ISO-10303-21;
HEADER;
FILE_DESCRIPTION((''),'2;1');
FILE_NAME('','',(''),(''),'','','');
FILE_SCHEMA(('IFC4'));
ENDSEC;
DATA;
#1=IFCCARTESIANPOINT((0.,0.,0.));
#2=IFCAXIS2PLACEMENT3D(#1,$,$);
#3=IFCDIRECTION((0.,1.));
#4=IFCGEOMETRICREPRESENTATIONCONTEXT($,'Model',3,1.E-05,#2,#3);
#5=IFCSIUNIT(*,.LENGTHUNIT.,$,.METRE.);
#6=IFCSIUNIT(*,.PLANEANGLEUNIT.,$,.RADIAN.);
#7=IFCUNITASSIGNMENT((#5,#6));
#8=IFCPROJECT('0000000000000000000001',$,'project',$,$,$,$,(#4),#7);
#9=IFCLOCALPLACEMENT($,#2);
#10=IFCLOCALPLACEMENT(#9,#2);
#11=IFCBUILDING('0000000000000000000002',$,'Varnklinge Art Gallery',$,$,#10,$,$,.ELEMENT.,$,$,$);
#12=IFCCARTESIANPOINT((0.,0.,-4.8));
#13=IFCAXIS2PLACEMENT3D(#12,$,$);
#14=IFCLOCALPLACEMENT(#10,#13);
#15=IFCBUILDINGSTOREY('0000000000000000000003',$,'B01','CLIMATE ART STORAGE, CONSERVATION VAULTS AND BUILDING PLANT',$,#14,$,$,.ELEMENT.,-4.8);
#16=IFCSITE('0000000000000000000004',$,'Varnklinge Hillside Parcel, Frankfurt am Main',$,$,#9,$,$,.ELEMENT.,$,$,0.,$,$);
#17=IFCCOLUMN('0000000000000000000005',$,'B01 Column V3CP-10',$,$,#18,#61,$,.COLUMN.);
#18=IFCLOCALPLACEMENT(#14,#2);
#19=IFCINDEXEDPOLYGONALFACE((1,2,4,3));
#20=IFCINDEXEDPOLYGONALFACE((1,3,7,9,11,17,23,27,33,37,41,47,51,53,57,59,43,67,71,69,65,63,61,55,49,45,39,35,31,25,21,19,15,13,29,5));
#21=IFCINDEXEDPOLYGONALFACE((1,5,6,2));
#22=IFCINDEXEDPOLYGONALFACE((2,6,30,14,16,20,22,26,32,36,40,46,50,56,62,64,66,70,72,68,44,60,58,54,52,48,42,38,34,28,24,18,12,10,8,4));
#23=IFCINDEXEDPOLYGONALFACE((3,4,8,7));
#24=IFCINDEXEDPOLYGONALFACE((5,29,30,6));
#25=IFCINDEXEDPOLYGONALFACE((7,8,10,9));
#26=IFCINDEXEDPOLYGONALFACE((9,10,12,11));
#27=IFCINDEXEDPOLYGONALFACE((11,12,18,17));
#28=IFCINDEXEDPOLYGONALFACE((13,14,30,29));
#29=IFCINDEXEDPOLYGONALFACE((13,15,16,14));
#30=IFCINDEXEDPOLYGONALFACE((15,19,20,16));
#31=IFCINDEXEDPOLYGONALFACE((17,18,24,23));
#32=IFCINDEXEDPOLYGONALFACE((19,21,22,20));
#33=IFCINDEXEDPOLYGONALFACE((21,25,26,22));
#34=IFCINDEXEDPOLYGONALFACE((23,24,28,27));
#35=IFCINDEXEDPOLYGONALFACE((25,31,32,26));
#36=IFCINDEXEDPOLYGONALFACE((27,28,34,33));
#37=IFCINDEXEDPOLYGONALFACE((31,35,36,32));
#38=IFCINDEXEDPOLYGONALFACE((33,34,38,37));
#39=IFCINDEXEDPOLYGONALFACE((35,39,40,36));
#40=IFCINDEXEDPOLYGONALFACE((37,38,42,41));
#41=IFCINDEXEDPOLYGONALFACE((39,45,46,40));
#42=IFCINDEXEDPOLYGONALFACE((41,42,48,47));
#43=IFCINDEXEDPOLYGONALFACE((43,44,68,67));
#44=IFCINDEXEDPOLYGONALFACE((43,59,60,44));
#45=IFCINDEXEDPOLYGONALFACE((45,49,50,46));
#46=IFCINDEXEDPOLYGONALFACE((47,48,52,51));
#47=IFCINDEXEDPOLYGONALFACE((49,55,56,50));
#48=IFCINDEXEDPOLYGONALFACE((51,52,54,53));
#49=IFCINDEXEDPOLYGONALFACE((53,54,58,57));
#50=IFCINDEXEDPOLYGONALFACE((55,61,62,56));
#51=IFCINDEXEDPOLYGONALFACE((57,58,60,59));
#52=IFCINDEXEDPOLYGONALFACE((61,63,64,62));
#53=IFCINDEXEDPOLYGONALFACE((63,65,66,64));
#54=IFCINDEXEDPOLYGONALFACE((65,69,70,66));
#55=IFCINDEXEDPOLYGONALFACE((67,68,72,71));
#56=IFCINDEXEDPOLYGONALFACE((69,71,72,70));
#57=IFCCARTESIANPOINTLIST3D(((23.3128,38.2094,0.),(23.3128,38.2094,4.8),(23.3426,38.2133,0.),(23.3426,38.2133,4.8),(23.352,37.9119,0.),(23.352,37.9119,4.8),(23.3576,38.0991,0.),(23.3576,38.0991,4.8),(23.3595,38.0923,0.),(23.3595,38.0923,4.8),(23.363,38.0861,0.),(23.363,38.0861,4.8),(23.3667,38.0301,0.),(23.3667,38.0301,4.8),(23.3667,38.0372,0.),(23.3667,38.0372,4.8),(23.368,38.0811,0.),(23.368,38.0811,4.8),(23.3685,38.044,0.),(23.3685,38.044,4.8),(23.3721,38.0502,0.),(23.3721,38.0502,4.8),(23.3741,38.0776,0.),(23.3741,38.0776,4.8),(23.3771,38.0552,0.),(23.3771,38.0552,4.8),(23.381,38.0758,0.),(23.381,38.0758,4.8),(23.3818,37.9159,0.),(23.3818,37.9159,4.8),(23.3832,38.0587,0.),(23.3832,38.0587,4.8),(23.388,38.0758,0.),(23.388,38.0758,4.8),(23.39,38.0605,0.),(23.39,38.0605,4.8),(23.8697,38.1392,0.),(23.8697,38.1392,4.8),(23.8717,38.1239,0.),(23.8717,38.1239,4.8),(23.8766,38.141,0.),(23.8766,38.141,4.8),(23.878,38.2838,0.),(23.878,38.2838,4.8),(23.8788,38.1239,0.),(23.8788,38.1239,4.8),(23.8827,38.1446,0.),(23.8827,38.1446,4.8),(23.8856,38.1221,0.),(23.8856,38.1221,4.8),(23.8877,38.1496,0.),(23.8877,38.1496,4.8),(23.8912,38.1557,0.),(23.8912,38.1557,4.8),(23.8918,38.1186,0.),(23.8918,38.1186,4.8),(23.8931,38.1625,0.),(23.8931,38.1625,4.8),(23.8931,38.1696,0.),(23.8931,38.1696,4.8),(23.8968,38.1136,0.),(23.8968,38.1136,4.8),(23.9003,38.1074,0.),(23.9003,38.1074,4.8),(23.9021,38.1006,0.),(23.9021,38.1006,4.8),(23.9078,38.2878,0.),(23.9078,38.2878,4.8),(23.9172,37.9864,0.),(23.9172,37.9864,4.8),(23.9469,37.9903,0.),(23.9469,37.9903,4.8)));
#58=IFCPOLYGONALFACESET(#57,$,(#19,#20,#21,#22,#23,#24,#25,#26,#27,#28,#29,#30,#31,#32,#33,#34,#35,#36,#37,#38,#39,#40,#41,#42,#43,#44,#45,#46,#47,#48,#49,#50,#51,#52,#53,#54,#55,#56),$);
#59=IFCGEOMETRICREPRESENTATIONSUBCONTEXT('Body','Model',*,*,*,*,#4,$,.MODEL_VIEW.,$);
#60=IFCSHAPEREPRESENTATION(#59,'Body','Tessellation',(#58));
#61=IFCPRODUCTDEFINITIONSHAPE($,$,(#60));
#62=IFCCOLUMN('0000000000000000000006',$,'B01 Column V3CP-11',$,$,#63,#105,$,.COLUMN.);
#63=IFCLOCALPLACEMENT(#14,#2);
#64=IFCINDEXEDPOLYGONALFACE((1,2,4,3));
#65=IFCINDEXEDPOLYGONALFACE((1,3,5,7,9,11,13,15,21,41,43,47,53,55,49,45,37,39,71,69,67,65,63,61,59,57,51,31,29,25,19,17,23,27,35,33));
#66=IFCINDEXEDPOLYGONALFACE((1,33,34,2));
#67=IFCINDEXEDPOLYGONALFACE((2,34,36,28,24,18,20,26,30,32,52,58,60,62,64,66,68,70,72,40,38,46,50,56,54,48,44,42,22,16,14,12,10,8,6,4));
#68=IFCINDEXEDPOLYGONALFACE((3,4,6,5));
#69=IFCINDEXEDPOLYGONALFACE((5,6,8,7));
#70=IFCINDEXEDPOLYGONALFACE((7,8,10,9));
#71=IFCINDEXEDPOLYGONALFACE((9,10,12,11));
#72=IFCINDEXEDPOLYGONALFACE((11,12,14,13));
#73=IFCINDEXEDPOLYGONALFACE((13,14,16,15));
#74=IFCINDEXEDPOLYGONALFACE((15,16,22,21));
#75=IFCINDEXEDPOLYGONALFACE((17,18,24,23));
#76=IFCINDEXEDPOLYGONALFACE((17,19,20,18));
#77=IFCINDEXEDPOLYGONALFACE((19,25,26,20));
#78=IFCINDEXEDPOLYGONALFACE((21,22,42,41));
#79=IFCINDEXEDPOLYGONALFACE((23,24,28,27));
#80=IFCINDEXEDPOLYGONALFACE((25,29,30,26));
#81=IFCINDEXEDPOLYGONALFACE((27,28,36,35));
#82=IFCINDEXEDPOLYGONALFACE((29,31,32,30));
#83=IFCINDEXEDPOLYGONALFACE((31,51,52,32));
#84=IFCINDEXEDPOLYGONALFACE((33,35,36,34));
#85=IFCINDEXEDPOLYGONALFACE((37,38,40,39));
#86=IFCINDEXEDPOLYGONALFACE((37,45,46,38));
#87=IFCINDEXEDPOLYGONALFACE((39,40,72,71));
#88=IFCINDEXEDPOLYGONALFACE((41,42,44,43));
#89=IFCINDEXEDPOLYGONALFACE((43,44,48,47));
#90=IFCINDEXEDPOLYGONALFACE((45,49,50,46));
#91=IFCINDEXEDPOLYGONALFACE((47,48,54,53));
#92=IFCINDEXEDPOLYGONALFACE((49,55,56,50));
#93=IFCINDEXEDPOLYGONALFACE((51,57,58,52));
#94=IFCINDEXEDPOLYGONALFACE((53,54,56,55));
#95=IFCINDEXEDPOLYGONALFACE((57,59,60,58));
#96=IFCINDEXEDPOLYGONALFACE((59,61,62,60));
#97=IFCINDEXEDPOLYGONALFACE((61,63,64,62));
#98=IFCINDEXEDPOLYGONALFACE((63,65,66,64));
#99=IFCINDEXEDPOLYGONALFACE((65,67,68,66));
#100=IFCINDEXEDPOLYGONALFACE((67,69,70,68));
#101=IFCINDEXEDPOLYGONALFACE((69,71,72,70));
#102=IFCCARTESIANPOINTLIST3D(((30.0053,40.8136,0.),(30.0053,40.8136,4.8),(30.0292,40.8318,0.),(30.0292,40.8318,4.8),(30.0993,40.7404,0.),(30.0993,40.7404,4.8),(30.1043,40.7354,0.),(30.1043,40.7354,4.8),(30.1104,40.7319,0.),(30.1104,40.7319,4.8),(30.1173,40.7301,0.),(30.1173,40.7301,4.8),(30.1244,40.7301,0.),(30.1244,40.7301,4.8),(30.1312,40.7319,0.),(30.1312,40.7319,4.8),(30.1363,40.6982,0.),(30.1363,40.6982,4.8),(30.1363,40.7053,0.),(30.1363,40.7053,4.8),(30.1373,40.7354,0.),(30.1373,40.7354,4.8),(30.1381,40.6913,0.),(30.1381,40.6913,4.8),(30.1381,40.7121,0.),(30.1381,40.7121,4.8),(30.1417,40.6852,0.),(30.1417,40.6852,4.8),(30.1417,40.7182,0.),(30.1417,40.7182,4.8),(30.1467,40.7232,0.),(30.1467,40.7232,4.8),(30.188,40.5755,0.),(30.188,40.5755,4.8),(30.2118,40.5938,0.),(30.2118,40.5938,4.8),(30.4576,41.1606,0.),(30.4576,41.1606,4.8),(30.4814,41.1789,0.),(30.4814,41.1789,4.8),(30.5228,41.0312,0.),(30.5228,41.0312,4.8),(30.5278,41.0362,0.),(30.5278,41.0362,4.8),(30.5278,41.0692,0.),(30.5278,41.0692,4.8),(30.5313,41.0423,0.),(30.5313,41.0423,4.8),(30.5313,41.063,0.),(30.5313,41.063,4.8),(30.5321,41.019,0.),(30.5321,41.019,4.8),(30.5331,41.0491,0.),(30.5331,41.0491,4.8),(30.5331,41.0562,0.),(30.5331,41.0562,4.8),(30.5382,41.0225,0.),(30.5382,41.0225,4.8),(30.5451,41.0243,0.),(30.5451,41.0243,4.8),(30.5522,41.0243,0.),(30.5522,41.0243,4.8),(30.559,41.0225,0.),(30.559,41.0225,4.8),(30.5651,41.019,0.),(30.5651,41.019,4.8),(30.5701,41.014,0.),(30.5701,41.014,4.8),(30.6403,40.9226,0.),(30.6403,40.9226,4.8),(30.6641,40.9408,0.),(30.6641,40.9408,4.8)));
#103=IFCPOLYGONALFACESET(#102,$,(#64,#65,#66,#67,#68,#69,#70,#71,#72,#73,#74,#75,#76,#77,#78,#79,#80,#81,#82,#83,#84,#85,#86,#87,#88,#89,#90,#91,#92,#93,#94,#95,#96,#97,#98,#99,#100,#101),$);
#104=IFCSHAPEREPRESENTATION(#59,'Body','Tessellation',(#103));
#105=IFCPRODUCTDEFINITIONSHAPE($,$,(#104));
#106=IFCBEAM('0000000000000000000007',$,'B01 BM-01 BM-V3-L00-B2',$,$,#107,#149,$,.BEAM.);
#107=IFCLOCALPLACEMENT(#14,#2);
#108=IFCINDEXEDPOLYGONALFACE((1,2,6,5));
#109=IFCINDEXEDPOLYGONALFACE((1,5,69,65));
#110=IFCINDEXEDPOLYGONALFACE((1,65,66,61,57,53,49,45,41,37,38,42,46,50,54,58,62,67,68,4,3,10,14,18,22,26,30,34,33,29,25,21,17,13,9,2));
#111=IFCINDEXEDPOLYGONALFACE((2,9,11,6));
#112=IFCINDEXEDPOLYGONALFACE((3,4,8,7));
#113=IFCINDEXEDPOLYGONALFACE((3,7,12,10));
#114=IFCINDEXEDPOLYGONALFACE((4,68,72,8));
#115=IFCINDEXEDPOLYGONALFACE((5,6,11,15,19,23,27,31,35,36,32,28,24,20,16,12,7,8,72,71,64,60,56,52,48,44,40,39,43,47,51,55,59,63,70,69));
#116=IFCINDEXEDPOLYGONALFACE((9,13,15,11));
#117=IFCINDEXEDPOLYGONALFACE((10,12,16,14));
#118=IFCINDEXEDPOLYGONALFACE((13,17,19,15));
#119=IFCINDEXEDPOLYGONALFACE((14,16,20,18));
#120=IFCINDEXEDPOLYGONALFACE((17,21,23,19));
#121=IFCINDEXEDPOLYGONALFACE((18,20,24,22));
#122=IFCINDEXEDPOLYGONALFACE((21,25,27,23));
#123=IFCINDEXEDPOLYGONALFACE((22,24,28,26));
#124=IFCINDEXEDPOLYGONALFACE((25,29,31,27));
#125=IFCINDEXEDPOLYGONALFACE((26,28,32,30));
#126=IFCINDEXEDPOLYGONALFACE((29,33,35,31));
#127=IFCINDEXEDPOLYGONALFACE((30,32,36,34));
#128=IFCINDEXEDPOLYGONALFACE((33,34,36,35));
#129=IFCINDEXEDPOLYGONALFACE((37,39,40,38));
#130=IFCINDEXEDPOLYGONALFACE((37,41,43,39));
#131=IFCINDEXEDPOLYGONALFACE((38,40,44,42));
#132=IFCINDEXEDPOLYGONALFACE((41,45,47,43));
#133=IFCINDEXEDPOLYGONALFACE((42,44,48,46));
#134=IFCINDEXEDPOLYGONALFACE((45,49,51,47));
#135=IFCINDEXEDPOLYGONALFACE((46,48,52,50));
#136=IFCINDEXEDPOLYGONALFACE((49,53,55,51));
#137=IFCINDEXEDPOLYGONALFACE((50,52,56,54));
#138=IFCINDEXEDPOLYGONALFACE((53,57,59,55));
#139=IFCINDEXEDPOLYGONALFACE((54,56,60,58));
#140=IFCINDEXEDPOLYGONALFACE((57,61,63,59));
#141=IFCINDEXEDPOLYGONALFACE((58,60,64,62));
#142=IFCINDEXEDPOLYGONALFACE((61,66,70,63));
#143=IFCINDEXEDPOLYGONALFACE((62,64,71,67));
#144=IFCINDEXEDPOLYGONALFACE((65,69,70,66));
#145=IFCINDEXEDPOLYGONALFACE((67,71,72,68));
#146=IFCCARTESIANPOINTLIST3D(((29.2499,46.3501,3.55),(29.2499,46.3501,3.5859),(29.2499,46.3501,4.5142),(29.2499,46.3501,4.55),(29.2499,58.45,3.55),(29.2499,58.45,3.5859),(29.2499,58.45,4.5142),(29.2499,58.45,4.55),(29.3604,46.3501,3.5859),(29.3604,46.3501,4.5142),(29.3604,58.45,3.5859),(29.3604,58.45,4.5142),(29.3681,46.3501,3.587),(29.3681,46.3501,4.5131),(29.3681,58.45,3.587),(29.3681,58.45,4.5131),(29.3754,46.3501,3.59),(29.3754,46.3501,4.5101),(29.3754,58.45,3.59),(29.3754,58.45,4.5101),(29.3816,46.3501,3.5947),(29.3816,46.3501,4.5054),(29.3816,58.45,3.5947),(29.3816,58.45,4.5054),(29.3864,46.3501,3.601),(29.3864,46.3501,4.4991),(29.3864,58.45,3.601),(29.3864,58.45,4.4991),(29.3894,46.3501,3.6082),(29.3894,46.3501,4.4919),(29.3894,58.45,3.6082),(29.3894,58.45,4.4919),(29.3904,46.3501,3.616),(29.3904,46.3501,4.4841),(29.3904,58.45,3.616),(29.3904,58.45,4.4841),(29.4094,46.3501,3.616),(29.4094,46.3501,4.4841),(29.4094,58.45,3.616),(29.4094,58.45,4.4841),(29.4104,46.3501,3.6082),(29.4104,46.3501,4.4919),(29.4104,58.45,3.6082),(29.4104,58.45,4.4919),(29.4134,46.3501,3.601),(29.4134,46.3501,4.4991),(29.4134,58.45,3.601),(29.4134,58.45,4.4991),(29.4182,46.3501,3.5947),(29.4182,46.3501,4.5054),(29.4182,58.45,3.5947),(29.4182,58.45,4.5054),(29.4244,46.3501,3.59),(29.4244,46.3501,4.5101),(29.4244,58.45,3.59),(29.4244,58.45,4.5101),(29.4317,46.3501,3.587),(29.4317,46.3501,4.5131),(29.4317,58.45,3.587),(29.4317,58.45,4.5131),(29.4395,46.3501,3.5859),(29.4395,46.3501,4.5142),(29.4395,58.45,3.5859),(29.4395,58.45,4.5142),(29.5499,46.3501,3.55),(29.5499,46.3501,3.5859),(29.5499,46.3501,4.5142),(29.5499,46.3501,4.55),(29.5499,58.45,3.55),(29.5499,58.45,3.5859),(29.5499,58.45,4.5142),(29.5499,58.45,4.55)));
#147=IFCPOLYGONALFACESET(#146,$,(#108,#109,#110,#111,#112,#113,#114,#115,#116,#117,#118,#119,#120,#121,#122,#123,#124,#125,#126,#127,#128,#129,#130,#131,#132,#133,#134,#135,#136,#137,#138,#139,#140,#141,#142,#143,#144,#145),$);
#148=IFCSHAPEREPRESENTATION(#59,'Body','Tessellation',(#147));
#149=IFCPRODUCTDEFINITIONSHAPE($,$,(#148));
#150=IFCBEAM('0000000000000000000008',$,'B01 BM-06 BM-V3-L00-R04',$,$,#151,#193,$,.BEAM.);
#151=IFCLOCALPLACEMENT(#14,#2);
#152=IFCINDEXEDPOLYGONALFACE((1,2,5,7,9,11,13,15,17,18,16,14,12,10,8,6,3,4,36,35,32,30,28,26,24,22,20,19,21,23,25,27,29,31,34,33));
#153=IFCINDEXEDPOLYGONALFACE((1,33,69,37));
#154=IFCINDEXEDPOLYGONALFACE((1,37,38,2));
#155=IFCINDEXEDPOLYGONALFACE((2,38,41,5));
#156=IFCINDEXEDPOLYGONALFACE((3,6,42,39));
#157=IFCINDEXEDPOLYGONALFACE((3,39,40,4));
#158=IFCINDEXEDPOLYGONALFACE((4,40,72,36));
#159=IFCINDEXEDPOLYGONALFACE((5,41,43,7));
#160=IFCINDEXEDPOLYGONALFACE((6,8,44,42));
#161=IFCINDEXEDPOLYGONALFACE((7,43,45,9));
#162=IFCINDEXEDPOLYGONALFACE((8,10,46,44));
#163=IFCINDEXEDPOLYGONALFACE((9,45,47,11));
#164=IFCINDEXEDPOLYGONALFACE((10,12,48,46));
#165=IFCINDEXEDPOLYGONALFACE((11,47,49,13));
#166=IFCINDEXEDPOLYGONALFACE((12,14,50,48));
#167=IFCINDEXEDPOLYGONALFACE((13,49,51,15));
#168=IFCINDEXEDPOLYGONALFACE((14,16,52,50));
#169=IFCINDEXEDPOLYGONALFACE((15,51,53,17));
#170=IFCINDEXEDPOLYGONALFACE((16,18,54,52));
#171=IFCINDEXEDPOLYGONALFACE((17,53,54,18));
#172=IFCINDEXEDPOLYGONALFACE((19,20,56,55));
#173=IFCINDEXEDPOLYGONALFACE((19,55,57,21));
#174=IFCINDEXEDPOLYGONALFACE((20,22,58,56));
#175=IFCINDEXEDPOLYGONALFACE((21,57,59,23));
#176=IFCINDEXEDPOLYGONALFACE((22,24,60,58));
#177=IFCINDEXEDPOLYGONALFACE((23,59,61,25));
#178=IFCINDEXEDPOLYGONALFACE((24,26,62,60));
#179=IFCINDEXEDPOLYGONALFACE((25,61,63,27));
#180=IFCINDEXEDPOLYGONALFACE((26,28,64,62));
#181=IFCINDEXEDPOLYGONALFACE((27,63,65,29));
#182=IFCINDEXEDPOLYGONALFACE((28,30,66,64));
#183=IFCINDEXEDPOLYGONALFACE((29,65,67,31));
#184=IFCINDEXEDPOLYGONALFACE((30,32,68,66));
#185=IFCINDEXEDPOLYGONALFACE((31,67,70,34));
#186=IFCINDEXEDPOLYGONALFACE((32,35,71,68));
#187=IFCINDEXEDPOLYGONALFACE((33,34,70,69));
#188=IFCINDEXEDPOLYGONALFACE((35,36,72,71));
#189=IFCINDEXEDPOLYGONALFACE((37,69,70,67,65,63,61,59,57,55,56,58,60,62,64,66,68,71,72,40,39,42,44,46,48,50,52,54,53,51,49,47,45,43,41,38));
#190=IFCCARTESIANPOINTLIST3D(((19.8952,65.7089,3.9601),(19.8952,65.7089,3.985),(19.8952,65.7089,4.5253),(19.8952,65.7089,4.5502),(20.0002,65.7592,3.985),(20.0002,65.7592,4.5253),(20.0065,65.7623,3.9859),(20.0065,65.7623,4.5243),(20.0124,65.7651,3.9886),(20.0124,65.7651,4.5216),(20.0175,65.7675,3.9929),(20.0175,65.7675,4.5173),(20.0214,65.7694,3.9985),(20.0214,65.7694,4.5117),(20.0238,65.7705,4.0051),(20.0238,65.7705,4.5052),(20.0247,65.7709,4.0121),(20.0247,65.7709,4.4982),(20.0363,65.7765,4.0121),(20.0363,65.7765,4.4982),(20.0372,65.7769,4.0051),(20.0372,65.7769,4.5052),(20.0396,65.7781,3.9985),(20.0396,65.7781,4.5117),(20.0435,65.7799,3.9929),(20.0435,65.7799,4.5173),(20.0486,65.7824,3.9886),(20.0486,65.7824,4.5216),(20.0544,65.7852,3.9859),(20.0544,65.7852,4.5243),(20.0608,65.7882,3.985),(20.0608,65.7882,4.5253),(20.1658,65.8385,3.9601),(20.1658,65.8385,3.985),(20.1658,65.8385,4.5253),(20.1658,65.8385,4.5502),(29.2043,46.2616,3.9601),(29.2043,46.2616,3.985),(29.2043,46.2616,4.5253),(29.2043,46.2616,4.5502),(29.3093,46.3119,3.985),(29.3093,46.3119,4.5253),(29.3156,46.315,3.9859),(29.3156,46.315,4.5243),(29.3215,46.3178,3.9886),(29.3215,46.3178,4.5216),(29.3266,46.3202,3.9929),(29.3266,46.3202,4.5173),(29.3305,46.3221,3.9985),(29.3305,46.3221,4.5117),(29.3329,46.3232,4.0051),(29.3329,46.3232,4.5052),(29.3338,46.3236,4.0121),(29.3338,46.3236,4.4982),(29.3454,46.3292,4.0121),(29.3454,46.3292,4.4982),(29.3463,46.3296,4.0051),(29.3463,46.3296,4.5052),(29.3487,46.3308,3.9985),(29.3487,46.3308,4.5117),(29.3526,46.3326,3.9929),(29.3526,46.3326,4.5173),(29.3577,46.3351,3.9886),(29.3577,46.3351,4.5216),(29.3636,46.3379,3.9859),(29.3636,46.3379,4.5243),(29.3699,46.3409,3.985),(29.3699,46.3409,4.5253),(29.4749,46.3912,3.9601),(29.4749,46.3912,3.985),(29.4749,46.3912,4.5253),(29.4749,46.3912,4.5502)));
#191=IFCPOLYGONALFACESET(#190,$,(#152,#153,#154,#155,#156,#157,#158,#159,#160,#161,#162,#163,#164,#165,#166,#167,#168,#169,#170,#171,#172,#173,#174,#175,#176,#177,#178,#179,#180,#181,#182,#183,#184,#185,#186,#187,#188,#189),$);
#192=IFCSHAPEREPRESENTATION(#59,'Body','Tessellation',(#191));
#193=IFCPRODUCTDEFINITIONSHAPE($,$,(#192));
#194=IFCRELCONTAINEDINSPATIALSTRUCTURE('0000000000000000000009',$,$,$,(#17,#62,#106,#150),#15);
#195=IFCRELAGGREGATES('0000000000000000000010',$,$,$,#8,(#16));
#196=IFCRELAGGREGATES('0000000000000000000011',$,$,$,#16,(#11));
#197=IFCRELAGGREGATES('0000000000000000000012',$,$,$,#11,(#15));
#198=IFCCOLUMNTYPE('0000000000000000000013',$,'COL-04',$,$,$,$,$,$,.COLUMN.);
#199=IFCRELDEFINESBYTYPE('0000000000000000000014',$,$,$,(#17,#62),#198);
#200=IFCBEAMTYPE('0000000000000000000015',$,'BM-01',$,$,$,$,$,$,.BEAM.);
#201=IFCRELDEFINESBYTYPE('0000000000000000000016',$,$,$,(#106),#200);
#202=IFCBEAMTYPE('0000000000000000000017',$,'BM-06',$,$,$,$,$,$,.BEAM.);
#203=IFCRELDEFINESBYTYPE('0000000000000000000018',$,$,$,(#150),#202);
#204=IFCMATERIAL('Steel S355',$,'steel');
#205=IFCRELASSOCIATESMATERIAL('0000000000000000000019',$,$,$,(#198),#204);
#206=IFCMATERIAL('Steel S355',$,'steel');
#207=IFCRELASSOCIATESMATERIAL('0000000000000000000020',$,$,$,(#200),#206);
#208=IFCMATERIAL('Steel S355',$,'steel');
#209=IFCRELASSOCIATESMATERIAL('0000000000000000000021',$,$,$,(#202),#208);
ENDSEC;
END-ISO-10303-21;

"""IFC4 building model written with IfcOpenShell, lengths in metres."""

from ifc_helpers import new_model, si_unit, direction, frame, origin, origin_2d, place, context, subcontext, project, spatial, i_section, extrude, material, material_profile, profile_set, type_object, element, save


model = new_model("IFC4")

# Units and contexts
model_context = context("Model", 3, precision=1e-05, world=origin(), true_north=direction((0.0, 1.0)))
body_context = subcontext(model_context, "Body", "Model", "MODEL_VIEW")
ifc_project = project(units=[si_unit("LENGTHUNIT", "METRE"), si_unit("PLANEANGLEUNIT", "RADIAN")], contexts=[model_context])

# Site, building, storey
site_placement = place(None, origin())
site = spatial("IfcSite", under=ifc_project, at=site_placement, Name="Varnklinge Hillside Parcel, Frankfurt am Main", CompositionType="ELEMENT", RefElevation=0.0)
building_placement = place(site_placement, origin())
building = spatial("IfcBuilding", under=site, at=building_placement, Name="Varnklinge Art Gallery", CompositionType="ELEMENT")
storey_placement = place(building_placement, frame((0.0, 0.0, -4.8)))
storey = spatial("IfcBuildingStorey", under=building, at=storey_placement, Name="B01", Description="CLIMATE ART STORAGE, CONSERVATION VAULTS AND BUILDING PLANT", CompositionType="ELEMENT", Elevation=-4.8)

# Columns
ifc_material_1 = material(Name="Steel S355", Category="steel")
ifc_material_profile_1 = material_profile(ifc_material_1, i_section(OverallWidth=0.3, OverallDepth=0.6001, WebThickness=0.0154, FlangeThickness=0.03, FilletRadius=0.0271, at=origin_2d()), Name="HEB 600")
ifc_profile_set_1 = profile_set([ifc_material_profile_1], Name="Steel S355")
column_type_1 = type_object("IfcColumnType", Name="COL-04", PredefinedType="COLUMN", material=ifc_profile_set_1)
for number, where, z_axis, x_axis, name in (
    (1, (23.6299, 38.0999, 0.0), (0.0, 0.0, 1.0), (0.130526, -0.991445, 0.0), "B01 Column V3CP-10"),
    (2, (30.3347, 40.8772, 0.0), (0.0, 0.0, 1.0), (0.608761, -0.793353, 0.0), "B01 Column V3CP-11"),
):
    element("IfcColumn", number, at=place(storey_placement, frame(where, z_axis=z_axis, x_axis=x_axis)), inside=storey, type_object=column_type_1, Name=name, PredefinedType="COLUMN", context=body_context, shape_type="SweptSolid", body=[
        extrude(i_section(OverallWidth=0.3, OverallDepth=0.6001, WebThickness=0.0154, FlangeThickness=0.03, FilletRadius=0.0271, at=origin_2d()), origin(), (0.0, 0.0, 1.0), 4.8),
    ])

# Beams
ifc_material_2 = material(Name="Steel S355", Category="steel")
ifc_material_profile_2 = material_profile(ifc_material_2, i_section(OverallWidth=0.3, OverallDepth=1.0, WebThickness=0.019, FlangeThickness=0.0359, FilletRadius=0.03, at=origin_2d()), Name="HEB 1000")
ifc_profile_set_2 = profile_set([ifc_material_profile_2], Name="Steel S355")
beam_type_1 = type_object("IfcBeamType", Name="BM-01", PredefinedType="BEAM", material=ifc_profile_set_2)
beam_1_placement = place(storey_placement, frame((29.3999, 46.3501, 4.05), z_axis=(0.0, 1.0, 0.0), x_axis=(-1.0, 0.0, 0.0)))
element("IfcBeam", 3, at=beam_1_placement, inside=storey, type_object=beam_type_1, Name="B01 BM-01 BM-V3-L00-B2", PredefinedType="BEAM", context=body_context, shape_type="SweptSolid", body=[
    extrude(i_section(OverallWidth=0.3, OverallDepth=1.0, WebThickness=0.019, FlangeThickness=0.0359, FilletRadius=0.03, at=origin_2d()), origin(), (0.0, 0.0, 1.0), 12.0999),
])
ifc_material_3 = material(Name="Steel S355", Category="steel")
ifc_material_profile_3 = material_profile(ifc_material_3, i_section(OverallWidth=0.3, OverallDepth=0.5901, WebThickness=0.0129, FlangeThickness=0.0249, FilletRadius=0.0271, at=origin_2d()), Name="HEA 600")
ifc_profile_set_3 = profile_set([ifc_material_profile_3], Name="Steel S355")
beam_type_2 = type_object("IfcBeamType", Name="BM-06", PredefinedType="BEAM", material=ifc_profile_set_3)
beam_2_placement = place(storey_placement, frame((29.3396, 46.3264, 4.2551), z_axis=(-0.431766, 0.901986, 0.0), x_axis=(-0.901986, -0.431766, 0.0)))
element("IfcBeam", 4, at=beam_2_placement, inside=storey, type_object=beam_type_2, Name="B01 BM-06 BM-V3-L00-R04", PredefinedType="BEAM", context=body_context, shape_type="SweptSolid", body=[
    extrude(i_section(OverallWidth=0.3, OverallDepth=0.5901, WebThickness=0.0129, FlangeThickness=0.0249, FilletRadius=0.0271, at=origin_2d()), origin(), (0.0, 0.0, 1.0), 21.5605),
])

save(model, "model.ifc")
